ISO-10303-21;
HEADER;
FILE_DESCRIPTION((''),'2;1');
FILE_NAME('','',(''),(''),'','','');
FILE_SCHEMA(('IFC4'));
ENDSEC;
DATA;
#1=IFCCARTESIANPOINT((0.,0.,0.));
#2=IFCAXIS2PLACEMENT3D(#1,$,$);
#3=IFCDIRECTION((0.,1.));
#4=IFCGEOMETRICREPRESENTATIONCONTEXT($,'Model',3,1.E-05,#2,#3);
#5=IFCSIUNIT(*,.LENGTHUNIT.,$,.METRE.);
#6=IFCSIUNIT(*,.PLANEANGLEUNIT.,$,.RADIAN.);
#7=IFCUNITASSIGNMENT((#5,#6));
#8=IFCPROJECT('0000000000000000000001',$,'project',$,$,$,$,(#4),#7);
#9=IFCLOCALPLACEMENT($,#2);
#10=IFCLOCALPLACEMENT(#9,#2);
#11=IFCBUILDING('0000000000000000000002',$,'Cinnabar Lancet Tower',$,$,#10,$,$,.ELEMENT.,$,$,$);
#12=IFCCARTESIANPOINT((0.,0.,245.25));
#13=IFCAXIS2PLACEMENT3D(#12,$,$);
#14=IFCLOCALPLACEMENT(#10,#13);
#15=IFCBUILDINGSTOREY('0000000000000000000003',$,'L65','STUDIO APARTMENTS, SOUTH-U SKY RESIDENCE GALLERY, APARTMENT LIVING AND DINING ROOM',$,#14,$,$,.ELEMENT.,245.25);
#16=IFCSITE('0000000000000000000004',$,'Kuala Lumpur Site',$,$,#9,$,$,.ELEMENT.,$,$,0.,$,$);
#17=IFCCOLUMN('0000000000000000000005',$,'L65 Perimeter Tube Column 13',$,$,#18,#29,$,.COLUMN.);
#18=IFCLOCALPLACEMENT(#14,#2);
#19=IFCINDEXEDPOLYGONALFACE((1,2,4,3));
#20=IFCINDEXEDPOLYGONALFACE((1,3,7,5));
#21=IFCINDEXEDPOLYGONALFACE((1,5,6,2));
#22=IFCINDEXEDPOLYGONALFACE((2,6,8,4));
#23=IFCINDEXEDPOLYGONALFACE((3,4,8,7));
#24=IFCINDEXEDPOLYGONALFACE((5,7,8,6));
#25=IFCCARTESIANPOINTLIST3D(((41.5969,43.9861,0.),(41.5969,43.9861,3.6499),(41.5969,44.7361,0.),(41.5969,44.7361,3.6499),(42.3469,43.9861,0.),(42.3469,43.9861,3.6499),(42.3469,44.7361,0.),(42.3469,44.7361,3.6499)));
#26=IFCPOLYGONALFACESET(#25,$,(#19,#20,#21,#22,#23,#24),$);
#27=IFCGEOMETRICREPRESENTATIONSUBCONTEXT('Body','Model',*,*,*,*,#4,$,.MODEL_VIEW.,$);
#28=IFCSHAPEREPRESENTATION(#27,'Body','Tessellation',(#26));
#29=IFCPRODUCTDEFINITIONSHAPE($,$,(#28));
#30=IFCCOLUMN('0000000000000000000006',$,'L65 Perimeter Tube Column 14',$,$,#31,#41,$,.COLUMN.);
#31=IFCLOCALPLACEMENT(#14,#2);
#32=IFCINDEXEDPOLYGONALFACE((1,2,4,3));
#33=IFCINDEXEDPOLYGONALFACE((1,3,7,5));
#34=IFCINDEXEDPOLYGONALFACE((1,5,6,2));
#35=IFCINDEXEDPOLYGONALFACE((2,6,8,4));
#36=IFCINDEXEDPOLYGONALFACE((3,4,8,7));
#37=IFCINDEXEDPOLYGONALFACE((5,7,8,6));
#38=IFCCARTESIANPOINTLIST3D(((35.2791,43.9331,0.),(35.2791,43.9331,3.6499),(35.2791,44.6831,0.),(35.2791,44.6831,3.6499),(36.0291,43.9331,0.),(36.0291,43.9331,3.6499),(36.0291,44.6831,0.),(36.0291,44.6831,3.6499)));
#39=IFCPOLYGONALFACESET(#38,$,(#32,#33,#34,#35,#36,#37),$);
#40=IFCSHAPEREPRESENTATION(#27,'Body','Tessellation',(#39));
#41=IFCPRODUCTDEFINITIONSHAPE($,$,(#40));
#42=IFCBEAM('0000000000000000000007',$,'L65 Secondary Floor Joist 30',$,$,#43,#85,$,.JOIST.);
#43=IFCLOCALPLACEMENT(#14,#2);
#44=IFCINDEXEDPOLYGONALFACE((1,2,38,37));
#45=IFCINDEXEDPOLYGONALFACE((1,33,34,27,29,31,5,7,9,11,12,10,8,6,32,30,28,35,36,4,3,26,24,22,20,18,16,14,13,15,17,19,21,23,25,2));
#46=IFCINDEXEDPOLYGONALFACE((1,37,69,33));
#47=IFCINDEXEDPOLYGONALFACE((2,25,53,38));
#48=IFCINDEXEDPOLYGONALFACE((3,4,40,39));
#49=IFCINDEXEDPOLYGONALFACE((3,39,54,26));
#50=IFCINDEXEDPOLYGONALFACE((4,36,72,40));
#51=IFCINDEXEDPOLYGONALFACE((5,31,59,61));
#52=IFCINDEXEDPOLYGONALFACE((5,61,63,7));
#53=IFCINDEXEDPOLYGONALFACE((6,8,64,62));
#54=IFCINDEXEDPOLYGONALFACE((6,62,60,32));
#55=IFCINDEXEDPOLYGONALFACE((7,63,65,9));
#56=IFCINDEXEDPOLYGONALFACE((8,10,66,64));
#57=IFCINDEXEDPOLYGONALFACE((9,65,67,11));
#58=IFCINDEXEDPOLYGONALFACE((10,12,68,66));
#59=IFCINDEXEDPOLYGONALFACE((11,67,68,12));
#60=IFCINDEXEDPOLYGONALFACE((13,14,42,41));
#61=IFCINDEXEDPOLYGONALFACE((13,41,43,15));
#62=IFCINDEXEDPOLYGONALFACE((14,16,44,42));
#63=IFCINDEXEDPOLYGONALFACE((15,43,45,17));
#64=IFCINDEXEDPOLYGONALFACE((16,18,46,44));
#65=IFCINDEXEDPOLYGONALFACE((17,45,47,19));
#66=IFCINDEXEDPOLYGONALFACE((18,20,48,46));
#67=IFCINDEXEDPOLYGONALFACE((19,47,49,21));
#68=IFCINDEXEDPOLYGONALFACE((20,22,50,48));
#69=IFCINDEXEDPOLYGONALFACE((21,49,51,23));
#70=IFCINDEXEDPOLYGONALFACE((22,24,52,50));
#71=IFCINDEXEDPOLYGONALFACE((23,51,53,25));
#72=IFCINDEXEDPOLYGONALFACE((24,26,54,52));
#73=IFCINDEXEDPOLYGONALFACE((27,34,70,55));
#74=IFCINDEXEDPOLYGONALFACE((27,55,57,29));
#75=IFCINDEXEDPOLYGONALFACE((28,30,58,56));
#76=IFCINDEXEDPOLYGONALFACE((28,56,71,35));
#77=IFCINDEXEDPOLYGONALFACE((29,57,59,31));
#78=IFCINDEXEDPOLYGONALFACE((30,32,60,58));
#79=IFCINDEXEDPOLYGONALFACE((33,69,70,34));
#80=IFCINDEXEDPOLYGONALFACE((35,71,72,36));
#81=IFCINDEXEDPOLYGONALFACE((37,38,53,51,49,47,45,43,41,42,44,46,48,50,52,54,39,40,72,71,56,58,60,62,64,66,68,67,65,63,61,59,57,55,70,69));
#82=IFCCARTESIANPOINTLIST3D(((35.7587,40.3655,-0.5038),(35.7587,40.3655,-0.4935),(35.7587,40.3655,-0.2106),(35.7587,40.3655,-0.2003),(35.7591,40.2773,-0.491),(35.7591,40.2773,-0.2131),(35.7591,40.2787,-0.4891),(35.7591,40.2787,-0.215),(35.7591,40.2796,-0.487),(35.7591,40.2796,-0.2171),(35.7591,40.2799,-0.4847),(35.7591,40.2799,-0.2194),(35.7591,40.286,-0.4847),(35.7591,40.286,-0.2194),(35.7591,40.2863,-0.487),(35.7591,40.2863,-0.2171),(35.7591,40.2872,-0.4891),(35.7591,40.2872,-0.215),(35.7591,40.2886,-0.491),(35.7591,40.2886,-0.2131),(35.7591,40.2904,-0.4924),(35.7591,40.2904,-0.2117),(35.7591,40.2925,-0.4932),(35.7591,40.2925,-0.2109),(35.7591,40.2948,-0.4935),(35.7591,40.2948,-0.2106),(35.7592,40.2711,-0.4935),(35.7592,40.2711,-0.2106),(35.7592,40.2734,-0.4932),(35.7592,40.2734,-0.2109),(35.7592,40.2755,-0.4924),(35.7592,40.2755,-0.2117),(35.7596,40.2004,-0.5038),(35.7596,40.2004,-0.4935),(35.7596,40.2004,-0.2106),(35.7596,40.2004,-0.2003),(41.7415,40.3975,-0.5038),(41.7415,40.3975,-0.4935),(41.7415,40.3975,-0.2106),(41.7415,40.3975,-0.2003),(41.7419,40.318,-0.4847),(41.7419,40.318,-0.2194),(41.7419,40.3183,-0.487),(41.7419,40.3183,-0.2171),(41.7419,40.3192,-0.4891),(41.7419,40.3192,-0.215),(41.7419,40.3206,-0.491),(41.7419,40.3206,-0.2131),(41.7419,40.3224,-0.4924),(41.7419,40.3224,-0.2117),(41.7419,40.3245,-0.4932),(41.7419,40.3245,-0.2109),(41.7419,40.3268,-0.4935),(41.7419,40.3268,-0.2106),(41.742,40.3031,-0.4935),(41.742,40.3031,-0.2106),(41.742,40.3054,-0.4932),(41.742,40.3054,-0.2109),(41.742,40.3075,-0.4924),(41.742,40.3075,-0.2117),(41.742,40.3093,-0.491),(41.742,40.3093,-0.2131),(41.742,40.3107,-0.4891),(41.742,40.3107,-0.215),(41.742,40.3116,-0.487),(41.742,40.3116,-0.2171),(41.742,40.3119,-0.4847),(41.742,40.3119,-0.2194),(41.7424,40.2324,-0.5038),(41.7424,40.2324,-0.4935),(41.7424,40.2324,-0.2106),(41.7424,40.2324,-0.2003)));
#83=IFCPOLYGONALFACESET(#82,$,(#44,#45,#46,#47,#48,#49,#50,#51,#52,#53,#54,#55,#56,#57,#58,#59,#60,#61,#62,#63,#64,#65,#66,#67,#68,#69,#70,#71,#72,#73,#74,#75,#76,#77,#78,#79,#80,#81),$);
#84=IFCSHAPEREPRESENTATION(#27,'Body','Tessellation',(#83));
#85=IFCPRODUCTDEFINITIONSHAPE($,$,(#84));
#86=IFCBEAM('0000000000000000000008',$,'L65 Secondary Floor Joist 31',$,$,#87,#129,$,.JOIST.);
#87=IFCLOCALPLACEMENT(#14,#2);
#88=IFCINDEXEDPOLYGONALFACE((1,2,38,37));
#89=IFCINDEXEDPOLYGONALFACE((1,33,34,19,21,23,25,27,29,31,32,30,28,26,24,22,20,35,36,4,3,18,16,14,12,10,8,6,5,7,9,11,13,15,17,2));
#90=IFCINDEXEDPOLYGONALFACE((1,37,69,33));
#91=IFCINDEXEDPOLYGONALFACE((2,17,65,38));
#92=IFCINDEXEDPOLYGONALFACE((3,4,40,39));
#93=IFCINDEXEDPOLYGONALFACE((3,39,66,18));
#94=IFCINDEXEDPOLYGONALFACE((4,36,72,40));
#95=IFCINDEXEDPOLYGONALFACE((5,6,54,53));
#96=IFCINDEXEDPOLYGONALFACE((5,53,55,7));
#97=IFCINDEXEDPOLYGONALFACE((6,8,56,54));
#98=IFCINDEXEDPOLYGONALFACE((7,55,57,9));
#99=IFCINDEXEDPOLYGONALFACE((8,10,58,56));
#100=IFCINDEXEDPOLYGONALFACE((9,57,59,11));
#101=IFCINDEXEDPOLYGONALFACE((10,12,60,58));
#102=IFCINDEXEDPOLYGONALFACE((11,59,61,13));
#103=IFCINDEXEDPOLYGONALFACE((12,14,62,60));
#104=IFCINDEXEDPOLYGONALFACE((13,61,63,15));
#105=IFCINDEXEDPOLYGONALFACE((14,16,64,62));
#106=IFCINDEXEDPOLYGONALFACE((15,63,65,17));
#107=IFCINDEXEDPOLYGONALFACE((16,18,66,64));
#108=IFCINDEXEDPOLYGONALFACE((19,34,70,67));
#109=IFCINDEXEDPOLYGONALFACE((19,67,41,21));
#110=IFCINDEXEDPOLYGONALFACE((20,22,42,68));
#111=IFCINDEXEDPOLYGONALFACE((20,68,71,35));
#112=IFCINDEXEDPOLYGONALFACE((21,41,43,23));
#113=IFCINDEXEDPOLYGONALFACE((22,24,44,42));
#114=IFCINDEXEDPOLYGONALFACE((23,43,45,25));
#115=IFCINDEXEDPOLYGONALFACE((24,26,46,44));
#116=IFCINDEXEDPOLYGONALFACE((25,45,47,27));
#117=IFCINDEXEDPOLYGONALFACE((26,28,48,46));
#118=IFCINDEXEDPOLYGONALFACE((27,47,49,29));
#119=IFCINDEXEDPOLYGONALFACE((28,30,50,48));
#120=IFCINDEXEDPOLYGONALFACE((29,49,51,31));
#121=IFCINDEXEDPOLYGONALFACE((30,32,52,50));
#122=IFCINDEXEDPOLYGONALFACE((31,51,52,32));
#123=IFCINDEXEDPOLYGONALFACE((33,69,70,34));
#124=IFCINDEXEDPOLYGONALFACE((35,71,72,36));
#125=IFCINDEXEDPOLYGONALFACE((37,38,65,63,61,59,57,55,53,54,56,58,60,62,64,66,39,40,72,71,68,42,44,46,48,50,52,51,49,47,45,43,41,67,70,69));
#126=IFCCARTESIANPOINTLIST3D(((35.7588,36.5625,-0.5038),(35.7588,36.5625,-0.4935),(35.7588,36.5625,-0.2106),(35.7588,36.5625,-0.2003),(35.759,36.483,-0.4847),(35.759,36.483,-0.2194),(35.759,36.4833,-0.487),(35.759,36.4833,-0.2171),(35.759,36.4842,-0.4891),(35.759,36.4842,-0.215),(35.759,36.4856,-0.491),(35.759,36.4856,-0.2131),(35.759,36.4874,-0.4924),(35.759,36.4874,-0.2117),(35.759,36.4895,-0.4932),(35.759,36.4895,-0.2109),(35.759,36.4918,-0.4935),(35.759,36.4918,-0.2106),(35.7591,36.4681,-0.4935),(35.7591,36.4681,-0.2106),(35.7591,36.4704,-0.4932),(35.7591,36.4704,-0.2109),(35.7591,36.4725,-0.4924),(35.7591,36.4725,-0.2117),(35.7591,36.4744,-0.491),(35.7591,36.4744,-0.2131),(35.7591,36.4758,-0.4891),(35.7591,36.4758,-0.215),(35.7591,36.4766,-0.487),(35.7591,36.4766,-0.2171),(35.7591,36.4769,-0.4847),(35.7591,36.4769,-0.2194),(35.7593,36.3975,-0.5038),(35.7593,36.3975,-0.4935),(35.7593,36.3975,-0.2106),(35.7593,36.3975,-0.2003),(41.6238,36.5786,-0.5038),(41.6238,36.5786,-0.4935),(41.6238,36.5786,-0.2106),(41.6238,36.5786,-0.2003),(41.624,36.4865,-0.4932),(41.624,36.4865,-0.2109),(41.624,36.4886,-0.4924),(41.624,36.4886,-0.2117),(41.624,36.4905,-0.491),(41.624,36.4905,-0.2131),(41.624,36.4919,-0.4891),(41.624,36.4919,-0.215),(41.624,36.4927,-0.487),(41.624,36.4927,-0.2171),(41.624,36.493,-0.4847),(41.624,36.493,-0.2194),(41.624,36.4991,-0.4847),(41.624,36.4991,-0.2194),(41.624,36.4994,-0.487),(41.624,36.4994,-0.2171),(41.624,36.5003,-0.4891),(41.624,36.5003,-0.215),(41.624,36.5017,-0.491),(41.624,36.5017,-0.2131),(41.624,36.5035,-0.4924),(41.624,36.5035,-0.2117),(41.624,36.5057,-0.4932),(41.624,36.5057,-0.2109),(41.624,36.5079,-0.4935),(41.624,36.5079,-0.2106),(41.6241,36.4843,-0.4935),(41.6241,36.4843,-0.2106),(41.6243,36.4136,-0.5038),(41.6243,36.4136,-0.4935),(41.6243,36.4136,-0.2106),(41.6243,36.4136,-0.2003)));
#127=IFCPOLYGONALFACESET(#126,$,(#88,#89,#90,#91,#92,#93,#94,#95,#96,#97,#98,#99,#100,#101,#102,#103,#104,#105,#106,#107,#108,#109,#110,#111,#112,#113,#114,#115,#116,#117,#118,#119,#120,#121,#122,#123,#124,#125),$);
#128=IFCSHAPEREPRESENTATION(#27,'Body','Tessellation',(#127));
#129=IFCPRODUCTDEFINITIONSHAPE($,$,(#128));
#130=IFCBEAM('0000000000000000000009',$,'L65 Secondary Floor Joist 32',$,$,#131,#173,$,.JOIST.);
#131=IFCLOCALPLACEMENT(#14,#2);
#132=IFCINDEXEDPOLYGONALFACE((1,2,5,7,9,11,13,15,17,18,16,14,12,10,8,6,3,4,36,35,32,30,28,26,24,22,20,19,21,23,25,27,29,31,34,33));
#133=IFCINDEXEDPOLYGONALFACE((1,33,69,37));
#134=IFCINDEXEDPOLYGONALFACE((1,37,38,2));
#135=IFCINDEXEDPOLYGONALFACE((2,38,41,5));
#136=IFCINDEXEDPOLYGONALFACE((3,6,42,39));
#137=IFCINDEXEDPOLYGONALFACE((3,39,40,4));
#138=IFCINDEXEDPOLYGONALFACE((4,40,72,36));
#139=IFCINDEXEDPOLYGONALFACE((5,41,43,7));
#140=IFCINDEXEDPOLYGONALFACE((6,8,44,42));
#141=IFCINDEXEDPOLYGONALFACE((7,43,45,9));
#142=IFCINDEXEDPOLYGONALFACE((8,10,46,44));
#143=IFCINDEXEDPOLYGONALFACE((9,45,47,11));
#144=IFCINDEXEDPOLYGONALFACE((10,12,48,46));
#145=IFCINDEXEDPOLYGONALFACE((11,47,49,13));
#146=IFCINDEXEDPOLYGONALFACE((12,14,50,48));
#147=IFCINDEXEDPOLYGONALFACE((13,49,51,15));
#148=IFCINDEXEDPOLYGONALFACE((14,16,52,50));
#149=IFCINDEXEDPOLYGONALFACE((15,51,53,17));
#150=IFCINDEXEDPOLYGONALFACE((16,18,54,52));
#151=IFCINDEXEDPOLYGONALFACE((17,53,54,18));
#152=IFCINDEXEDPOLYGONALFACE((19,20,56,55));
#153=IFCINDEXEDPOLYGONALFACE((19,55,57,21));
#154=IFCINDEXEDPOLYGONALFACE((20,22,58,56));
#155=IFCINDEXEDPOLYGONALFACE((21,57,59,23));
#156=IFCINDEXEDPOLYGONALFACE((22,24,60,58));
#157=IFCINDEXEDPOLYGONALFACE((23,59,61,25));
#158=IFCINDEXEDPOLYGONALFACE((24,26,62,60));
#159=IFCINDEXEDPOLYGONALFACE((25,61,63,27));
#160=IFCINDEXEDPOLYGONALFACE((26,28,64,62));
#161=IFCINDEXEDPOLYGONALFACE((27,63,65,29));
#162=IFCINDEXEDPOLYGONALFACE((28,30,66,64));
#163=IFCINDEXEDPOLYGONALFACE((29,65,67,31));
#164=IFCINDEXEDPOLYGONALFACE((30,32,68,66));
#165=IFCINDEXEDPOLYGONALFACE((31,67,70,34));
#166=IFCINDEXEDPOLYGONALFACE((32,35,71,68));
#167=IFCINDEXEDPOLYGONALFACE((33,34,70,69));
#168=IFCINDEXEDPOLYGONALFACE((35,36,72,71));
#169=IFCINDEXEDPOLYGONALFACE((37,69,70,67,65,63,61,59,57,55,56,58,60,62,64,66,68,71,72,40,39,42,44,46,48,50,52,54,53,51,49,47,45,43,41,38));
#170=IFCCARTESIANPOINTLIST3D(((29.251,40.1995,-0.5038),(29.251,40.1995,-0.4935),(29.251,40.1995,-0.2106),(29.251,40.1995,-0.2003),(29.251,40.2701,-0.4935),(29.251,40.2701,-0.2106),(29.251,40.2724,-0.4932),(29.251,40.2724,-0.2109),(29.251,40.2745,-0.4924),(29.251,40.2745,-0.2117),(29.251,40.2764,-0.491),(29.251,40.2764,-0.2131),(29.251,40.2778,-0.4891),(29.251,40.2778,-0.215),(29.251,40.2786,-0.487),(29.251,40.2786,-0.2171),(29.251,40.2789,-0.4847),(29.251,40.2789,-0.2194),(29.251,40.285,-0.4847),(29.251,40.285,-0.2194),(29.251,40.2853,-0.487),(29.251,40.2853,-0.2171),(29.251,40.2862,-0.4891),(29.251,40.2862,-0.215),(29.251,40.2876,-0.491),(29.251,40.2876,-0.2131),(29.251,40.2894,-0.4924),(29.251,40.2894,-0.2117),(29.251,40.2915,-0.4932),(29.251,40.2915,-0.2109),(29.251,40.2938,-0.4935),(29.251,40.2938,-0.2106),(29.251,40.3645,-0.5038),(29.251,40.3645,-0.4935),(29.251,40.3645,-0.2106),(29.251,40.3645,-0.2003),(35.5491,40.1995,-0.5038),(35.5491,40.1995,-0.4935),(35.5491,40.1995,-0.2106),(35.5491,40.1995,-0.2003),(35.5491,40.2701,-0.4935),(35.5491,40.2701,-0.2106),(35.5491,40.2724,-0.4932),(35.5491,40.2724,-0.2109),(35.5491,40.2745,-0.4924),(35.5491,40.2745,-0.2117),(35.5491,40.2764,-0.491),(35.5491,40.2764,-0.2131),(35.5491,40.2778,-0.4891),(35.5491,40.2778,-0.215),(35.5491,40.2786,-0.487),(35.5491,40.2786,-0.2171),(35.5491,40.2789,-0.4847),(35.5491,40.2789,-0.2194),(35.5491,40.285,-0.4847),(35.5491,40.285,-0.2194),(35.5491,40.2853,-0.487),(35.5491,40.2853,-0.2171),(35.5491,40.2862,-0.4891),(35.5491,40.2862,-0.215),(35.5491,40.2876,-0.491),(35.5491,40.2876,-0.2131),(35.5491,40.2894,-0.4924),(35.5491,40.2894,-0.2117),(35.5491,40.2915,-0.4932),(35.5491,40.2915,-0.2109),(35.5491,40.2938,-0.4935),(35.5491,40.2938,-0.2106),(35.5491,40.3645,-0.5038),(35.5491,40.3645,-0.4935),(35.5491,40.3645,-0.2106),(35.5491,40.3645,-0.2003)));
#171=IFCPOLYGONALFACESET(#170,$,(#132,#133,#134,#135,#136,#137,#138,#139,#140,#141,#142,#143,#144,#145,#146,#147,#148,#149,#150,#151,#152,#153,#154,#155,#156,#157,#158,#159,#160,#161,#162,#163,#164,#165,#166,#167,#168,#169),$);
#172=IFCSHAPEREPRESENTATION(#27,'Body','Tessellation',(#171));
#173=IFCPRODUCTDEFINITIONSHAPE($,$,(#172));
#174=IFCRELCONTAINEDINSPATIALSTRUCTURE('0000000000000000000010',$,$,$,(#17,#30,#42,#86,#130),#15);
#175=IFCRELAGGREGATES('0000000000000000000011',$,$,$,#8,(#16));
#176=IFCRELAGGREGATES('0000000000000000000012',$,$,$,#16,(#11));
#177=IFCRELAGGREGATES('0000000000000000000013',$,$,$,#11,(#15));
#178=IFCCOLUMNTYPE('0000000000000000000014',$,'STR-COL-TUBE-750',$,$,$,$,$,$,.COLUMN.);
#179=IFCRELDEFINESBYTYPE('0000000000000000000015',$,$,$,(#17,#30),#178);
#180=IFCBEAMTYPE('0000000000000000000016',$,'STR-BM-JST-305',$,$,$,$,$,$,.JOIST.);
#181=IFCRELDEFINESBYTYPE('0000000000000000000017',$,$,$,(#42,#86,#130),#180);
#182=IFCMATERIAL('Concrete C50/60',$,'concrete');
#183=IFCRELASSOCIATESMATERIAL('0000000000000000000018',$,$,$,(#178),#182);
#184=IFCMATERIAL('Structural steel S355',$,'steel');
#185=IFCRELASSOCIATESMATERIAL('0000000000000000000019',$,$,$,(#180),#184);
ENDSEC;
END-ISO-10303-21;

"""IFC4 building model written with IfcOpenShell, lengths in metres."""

from ifc_helpers import new_model, si_unit, direction, frame, origin, origin_2d, place, context, subcontext, project, spatial, rectangle, i_section, extrude, material, material_profile, profile_set, type_object, element, save


model = new_model("IFC4")

# Units and contexts
model_context = context("Model", 3, precision=1e-05, world=origin(), true_north=direction((0.0, 1.0)))
body_context = subcontext(model_context, "Body", "Model", "MODEL_VIEW")
ifc_project = project(units=[si_unit("LENGTHUNIT", "METRE"), si_unit("PLANEANGLEUNIT", "RADIAN")], contexts=[model_context])

# Site, building, storey
site_placement = place(None, origin())
site = spatial("IfcSite", under=ifc_project, at=site_placement, Name="Kuala Lumpur Site", CompositionType="ELEMENT", RefElevation=0.0)
building_placement = place(site_placement, origin())
building = spatial("IfcBuilding", under=site, at=building_placement, Name="Cinnabar Lancet Tower", CompositionType="ELEMENT")
storey_placement = place(building_placement, frame((0.0, 0.0, 245.25)))
storey = spatial("IfcBuildingStorey", under=building, at=storey_placement, Name="L65", Description="STUDIO APARTMENTS, SOUTH-U SKY RESIDENCE GALLERY, APARTMENT LIVING AND DINING ROOM", CompositionType="ELEMENT", Elevation=245.25)

# Columns
ifc_material_1 = material(Name="Concrete C50/60", Category="concrete")
ifc_material_profile_1 = material_profile(ifc_material_1, rectangle(XDim=0.75, YDim=0.75, at=origin_2d()), Name="RC-COL 750x750")
ifc_profile_set_1 = profile_set([ifc_material_profile_1], Name="Concrete C50/60")
column_type = type_object("IfcColumnType", Name="STR-COL-TUBE-750", PredefinedType="COLUMN", material=ifc_profile_set_1)
for number, where, z_axis, x_axis, name in (
    (1, (41.9719, 44.3611, 0.0), (0.0, 0.0, 1.0), (1.0, 0.0, 0.0), "L65 Perimeter Tube Column 13"),
    (2, (35.6541, 44.3081, 0.0), (0.0, 0.0, 1.0), (1.0, 0.0, 0.0), "L65 Perimeter Tube Column 14"),
):
    element("IfcColumn", number, at=place(storey_placement, frame(where, z_axis=z_axis, x_axis=x_axis)), inside=storey, type_object=column_type, Name=name, PredefinedType="COLUMN", context=body_context, shape_type="SweptSolid", body=[
        extrude(rectangle(XDim=0.75, YDim=0.75, at=origin_2d()), origin(), (0.0, 0.0, 1.0), 3.6499),
    ])

# Beams
ifc_material_2 = material(Name="Structural steel S355", Category="steel")
ifc_material_profile_2 = material_profile(ifc_material_2, i_section(OverallWidth=0.165, OverallDepth=0.3035, WebThickness=0.0061, FlangeThickness=0.0103, FilletRadius=0.0088, at=origin_2d()), Name="UKB 305x165x40")
ifc_profile_set_2 = profile_set([ifc_material_profile_2], Name="Structural steel S355")
beam_type_1 = type_object("IfcBeamType", Name="STR-BM-JST-305", PredefinedType="JOIST", material=ifc_profile_set_2)
beam_1_placement = place(storey_placement, frame((41.7419, 40.3149, -0.3521), z_axis=(-0.999986, -0.005346, 0.0), x_axis=(0.005346, -0.999986, 0.0)))
element("IfcBeam", 3, at=beam_1_placement, inside=storey, type_object=beam_type_1, Name="L65 Secondary Floor Joist 30", PredefinedType="JOIST", context=body_context, shape_type="SweptSolid", body=[
    extrude(i_section(OverallWidth=0.165, OverallDepth=0.3035, WebThickness=0.0061, FlangeThickness=0.0103, FilletRadius=0.0088, at=origin_2d()), origin(), (0.0, 0.0, 1.0), 5.9829),
])
beam_2_placement = place(storey_placement, frame((41.624, 36.4961, -0.3521), z_axis=(-0.999996, -0.002747, 0.0), x_axis=(0.002747, -0.999996, 0.0)))
element("IfcBeam", 4, at=beam_2_placement, inside=storey, type_object=beam_type_1, Name="L65 Secondary Floor Joist 31", PredefinedType="JOIST", context=body_context, shape_type="SweptSolid", body=[
    extrude(i_section(OverallWidth=0.165, OverallDepth=0.3035, WebThickness=0.0061, FlangeThickness=0.0103, FilletRadius=0.0088, at=origin_2d()), origin(), (0.0, 0.0, 1.0), 5.865),
])
for number, where, z_axis, x_axis, name in (
    (5, (35.5491, 40.282, -0.3521), (-1.0, 0.0, 0.0), (0.0, -1.0, 0.0), "L65 Secondary Floor Joist 32"),
):
    element("IfcBeam", number, at=place(storey_placement, frame(where, z_axis=z_axis, x_axis=x_axis)), inside=storey, type_object=beam_type_1, Name=name, PredefinedType="JOIST", context=body_context, shape_type="SweptSolid", body=[
        extrude(i_section(OverallWidth=0.165, OverallDepth=0.3035, WebThickness=0.0061, FlangeThickness=0.0103, FilletRadius=0.0088, at=origin_2d()), origin(), (0.0, 0.0, 1.0), 6.2981),
    ])

save(model, "model.ifc")
